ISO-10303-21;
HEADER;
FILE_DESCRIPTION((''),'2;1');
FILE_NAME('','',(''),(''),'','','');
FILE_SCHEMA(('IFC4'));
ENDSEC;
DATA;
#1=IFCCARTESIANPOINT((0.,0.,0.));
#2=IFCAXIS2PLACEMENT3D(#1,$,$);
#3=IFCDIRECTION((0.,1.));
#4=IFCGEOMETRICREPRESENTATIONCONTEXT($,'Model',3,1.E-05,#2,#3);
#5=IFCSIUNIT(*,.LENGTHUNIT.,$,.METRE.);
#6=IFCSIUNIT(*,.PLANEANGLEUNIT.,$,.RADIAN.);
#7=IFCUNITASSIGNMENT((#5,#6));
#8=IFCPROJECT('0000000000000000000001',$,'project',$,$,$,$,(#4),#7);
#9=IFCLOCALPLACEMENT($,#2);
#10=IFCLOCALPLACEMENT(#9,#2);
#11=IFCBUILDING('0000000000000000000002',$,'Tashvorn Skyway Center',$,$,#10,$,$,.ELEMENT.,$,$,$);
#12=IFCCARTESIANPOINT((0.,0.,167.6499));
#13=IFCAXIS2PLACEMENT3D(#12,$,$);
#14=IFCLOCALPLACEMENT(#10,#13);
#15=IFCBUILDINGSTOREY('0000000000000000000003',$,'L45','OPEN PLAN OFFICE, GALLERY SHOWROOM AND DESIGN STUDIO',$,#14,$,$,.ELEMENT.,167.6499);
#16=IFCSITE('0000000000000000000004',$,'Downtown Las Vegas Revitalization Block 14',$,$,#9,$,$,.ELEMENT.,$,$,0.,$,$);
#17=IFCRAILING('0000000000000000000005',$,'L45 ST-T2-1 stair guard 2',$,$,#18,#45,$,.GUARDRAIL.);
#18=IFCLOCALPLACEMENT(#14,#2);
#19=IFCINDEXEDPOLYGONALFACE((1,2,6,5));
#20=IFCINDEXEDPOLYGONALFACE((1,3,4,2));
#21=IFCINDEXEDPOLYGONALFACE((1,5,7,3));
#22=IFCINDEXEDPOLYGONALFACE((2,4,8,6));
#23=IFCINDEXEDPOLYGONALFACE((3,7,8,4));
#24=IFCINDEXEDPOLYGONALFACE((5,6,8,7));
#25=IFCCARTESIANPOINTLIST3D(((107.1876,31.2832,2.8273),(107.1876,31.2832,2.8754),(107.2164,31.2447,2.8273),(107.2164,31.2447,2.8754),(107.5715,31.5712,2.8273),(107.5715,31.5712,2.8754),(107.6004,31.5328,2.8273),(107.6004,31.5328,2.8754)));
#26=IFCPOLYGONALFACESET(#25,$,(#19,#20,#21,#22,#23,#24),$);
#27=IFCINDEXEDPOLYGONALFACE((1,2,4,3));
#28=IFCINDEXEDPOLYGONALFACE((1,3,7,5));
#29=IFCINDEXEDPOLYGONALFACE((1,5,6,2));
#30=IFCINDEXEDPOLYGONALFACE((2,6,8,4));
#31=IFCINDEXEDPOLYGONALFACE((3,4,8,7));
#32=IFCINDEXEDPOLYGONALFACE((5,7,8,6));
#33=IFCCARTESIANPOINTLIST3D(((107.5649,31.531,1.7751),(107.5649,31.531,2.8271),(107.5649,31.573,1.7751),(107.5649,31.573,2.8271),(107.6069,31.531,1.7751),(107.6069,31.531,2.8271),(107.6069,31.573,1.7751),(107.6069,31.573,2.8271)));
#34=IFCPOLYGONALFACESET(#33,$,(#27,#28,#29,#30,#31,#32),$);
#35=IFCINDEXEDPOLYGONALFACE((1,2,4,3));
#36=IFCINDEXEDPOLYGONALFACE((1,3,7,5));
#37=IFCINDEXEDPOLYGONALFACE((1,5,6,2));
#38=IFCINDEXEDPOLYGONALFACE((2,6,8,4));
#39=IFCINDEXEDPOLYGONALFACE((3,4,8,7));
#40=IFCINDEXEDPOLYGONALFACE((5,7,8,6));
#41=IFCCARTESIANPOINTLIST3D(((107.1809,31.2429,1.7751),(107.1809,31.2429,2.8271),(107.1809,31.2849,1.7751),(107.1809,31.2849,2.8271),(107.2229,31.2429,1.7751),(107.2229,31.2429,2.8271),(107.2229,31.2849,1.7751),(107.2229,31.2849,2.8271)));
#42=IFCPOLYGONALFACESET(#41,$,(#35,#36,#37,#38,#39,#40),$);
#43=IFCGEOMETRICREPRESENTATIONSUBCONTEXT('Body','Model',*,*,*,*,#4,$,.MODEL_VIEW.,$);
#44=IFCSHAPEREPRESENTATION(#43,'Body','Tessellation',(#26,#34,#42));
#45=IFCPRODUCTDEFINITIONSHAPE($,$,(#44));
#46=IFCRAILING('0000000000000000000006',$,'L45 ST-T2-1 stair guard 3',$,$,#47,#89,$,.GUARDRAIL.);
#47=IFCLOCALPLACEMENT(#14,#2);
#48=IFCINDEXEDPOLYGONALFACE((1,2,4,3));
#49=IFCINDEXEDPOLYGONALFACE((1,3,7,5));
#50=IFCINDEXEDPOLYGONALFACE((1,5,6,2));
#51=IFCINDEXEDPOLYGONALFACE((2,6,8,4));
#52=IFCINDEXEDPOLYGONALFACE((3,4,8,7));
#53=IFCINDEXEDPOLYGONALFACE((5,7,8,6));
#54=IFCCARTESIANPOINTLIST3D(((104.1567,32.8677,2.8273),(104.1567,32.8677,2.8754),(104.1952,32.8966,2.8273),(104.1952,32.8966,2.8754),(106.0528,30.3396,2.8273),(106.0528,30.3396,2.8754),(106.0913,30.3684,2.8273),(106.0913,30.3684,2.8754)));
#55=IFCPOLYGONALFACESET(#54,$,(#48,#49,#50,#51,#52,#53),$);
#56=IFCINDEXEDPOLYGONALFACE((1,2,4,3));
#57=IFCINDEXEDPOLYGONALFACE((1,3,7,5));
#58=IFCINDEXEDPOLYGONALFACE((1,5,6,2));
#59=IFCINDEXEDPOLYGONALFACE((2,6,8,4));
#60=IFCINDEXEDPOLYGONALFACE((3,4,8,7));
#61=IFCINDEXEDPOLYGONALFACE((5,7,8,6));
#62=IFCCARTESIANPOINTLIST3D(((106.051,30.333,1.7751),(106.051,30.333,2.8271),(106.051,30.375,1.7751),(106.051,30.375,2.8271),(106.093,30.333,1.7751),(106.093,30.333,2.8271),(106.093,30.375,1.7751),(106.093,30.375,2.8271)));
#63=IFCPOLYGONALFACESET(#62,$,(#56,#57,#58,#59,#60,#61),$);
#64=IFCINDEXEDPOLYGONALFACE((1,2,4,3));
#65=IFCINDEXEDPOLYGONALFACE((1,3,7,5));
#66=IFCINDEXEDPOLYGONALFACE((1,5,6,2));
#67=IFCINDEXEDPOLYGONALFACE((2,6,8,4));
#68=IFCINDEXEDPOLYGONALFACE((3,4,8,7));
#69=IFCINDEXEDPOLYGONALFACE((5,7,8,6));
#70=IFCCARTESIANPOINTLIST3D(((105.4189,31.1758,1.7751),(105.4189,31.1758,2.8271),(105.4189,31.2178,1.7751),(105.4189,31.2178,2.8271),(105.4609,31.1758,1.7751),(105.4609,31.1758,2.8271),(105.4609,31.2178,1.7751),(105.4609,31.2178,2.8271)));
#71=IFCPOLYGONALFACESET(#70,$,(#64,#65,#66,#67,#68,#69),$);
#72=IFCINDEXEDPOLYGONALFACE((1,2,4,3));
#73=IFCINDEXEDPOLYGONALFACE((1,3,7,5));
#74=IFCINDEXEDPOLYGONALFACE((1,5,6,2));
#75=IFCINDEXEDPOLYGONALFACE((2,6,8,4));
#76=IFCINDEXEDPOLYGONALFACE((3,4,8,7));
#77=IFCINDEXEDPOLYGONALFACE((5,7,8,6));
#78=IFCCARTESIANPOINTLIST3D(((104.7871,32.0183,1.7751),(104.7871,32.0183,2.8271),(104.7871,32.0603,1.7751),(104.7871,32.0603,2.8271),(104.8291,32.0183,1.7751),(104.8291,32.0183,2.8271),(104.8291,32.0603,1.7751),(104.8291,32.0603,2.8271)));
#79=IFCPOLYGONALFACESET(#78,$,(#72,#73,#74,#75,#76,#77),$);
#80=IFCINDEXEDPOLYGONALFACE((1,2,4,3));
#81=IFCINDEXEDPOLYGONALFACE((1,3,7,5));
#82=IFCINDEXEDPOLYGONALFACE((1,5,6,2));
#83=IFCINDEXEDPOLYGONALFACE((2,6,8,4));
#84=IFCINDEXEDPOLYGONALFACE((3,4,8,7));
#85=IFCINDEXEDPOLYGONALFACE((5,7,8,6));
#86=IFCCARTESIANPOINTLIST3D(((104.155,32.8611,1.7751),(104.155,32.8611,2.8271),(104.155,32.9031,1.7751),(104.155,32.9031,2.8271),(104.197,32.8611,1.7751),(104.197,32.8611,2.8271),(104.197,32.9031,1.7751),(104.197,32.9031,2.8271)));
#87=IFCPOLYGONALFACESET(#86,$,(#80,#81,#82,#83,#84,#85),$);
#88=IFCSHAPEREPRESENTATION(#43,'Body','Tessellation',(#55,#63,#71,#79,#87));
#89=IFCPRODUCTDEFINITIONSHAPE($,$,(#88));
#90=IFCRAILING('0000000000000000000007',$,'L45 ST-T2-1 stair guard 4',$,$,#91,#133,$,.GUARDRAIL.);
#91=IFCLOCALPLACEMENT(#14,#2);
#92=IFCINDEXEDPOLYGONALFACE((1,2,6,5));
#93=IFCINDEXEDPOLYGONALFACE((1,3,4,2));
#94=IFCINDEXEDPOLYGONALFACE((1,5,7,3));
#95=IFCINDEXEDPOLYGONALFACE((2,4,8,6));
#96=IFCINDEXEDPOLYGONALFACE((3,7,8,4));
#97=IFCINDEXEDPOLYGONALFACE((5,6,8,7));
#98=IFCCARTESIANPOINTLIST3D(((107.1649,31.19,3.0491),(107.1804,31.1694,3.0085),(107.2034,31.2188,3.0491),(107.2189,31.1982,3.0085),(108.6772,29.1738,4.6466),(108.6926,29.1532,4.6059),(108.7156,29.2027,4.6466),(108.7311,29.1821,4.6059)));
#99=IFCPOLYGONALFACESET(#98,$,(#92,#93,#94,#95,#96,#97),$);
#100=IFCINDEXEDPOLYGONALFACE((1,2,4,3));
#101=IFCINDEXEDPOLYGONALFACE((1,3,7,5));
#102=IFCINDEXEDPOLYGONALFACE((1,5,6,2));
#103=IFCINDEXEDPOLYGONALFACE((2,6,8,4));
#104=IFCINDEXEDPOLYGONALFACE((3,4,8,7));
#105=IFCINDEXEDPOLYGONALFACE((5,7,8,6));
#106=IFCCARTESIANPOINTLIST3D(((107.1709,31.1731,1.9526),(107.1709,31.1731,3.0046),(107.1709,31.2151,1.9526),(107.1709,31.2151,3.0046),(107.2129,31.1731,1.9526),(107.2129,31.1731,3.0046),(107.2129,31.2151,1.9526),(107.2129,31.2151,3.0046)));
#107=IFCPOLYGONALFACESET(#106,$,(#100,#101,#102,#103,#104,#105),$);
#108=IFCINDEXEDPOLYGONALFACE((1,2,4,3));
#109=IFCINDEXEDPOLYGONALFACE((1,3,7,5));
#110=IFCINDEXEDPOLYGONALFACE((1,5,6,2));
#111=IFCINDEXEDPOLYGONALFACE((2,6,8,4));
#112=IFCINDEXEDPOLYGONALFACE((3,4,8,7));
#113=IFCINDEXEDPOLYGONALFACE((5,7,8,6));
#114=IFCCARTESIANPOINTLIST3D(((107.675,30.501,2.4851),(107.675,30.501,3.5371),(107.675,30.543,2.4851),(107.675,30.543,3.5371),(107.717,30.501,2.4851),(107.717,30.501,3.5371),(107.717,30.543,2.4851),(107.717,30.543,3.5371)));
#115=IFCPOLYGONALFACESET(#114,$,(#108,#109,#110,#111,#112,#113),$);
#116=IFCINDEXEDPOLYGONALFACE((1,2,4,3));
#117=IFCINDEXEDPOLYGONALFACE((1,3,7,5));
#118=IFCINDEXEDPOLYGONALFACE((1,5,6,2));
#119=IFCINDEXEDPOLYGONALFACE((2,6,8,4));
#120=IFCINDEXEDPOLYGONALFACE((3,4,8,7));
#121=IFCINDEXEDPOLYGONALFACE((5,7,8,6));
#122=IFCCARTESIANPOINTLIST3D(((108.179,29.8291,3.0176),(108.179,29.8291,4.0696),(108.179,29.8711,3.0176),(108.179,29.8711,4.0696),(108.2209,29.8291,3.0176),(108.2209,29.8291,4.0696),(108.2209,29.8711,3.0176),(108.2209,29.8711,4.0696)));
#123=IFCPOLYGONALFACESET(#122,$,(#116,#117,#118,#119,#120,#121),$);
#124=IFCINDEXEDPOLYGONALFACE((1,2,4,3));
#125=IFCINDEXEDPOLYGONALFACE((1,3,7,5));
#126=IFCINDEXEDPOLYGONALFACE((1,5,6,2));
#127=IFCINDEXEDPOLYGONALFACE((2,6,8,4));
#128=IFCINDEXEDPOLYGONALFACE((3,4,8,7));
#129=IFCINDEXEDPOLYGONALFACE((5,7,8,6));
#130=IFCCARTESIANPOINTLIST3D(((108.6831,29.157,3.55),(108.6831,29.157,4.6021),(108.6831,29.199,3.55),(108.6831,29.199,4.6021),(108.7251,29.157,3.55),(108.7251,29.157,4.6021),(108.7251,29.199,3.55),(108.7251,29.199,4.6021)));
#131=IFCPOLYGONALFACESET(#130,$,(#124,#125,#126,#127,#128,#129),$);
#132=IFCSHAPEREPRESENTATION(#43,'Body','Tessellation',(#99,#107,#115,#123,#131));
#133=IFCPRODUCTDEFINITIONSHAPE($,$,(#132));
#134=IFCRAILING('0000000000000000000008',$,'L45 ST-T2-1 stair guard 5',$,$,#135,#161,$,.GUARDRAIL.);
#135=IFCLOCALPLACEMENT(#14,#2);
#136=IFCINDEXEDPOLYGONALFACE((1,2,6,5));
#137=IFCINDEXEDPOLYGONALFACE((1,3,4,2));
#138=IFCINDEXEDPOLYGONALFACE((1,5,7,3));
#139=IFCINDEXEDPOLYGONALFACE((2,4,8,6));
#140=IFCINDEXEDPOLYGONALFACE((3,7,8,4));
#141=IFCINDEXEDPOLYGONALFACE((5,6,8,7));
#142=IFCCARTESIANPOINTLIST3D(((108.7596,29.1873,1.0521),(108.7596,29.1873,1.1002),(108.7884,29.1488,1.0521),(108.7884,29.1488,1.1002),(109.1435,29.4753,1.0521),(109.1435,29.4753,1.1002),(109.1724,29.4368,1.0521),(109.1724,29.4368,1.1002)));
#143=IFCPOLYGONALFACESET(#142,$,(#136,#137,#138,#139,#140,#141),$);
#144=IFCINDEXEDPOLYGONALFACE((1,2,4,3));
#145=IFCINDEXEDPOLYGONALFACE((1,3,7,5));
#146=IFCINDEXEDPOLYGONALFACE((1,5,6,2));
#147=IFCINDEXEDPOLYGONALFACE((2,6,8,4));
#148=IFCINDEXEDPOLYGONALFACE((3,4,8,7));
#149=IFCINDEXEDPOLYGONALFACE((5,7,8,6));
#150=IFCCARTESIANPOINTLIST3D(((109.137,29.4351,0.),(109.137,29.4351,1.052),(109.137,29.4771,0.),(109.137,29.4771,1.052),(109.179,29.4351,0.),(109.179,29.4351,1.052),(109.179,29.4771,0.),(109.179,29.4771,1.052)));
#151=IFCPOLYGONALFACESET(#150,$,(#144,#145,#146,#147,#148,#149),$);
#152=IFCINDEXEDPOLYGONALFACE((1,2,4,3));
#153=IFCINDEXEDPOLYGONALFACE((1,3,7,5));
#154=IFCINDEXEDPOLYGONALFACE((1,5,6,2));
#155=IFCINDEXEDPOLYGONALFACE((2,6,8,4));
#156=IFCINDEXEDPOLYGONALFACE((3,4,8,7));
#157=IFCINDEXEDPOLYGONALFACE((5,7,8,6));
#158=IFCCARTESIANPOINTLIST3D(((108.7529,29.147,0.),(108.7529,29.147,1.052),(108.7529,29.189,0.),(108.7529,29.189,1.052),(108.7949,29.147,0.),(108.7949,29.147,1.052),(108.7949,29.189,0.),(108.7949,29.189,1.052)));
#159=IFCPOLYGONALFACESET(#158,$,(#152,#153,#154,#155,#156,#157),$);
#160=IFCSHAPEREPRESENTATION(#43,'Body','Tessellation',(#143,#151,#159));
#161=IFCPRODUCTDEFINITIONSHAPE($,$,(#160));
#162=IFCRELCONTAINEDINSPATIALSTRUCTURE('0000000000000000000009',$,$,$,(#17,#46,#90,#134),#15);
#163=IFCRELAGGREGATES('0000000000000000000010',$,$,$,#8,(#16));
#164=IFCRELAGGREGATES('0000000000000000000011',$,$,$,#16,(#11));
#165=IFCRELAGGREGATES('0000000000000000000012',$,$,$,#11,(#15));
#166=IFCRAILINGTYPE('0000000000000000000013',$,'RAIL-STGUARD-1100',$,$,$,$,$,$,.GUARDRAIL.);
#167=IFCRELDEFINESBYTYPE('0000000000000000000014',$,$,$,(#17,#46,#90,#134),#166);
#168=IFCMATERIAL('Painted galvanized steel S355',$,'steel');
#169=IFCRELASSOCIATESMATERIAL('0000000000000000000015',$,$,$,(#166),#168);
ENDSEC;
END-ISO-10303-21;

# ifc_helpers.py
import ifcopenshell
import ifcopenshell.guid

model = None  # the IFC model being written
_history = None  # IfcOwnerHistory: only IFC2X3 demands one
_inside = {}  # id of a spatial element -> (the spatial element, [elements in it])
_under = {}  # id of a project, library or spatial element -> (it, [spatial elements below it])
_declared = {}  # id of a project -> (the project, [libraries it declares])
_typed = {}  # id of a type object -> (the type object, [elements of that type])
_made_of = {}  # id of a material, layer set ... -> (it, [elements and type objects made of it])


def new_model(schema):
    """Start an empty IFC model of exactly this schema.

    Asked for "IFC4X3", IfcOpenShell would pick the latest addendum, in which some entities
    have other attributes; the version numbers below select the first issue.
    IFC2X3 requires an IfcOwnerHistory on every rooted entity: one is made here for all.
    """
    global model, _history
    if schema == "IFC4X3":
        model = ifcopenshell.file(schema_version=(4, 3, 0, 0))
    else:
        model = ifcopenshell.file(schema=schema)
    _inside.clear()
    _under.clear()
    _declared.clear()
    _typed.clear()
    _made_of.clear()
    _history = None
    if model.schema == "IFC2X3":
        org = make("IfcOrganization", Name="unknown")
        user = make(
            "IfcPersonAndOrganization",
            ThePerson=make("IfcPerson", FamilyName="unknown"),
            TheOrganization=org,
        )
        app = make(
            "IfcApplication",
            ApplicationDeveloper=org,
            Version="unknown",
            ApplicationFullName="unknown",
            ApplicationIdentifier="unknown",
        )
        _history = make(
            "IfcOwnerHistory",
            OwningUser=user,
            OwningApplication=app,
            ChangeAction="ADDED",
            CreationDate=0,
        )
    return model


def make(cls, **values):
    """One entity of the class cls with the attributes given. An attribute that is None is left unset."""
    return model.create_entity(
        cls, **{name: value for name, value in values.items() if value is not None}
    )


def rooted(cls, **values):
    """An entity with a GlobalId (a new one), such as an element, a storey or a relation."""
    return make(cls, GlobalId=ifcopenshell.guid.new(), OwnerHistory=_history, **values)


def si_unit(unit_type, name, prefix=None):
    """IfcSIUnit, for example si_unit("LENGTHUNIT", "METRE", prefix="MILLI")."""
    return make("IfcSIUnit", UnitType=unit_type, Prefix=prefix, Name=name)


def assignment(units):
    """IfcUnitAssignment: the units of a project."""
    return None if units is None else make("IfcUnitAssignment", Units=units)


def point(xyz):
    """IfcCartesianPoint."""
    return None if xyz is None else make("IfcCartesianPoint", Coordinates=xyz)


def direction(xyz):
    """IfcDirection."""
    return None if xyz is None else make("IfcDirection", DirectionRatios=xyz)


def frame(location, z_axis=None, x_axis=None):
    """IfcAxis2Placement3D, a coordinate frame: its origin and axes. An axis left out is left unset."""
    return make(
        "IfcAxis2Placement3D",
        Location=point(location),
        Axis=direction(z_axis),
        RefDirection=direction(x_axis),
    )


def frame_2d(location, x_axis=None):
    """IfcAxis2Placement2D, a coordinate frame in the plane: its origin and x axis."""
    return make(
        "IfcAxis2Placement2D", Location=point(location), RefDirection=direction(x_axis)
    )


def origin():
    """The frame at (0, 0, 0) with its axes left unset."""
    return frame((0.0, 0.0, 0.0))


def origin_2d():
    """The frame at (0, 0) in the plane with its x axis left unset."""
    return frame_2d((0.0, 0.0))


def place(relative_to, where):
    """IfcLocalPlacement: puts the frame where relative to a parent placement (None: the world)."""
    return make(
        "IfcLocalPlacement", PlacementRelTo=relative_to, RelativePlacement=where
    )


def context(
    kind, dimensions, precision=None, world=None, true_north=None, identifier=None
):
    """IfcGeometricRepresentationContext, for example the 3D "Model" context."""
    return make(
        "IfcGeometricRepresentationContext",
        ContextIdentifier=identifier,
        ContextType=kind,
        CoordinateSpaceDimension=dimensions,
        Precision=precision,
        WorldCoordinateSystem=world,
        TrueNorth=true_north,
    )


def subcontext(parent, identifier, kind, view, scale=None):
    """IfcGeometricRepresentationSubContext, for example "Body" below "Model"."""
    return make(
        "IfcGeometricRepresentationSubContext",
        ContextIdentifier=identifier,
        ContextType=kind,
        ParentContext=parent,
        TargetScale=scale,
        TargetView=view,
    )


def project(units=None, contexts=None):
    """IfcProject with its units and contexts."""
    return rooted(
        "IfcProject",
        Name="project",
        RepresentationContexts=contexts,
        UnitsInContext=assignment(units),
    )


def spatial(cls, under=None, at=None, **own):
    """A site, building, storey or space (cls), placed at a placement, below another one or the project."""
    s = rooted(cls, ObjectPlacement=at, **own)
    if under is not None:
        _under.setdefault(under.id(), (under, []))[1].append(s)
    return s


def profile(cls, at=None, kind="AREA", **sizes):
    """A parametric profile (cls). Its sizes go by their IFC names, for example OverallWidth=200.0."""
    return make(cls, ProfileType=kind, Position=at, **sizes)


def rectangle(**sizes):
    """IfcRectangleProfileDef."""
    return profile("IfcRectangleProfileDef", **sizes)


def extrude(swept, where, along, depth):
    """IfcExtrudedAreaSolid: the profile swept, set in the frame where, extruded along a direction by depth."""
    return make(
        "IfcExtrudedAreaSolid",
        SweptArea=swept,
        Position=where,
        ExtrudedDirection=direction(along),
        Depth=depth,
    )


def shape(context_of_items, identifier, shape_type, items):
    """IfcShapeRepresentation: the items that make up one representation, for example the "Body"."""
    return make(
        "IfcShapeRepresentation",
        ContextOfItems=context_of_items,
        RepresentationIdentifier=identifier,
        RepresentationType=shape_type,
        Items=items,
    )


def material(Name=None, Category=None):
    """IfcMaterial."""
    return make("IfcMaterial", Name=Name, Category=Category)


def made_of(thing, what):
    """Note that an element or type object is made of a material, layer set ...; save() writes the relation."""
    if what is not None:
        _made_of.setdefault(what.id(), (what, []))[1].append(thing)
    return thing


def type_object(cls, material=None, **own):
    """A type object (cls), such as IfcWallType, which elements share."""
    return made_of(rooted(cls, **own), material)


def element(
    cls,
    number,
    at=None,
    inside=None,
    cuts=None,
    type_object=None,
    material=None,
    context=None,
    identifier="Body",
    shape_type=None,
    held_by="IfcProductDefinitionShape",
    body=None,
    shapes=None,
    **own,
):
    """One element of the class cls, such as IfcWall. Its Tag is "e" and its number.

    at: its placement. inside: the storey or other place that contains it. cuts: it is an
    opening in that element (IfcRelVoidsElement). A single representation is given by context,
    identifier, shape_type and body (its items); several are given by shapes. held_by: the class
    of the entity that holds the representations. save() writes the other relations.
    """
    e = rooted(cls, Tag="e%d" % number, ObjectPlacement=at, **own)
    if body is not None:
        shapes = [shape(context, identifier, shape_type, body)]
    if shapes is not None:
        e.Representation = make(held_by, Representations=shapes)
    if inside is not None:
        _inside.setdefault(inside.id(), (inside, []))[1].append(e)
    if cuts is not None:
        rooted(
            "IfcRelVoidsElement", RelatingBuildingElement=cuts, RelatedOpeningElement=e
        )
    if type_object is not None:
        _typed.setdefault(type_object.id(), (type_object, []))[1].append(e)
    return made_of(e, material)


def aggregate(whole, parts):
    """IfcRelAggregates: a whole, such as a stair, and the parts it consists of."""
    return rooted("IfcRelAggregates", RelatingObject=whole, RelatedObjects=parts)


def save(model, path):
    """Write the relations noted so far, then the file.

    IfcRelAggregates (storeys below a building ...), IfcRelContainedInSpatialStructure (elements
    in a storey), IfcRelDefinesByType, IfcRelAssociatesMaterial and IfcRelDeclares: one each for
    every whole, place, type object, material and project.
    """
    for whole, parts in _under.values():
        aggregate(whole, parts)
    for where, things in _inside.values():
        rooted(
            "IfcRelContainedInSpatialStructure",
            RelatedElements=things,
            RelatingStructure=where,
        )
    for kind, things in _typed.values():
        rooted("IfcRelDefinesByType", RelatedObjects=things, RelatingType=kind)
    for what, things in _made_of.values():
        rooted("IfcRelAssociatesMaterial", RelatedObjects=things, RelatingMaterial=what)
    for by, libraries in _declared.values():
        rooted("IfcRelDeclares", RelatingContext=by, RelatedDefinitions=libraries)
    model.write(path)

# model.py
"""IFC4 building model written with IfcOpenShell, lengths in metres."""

from ifc_helpers import new_model, si_unit, direction, frame, origin, origin_2d, place, context, subcontext, project, spatial, rectangle, extrude, material, type_object, element, save


model = new_model("IFC4")

# Units and contexts
model_context = context("Model", 3, precision=1e-05, world=origin(), true_north=direction((0.0, 1.0)))
body_context = subcontext(model_context, "Body", "Model", "MODEL_VIEW")
ifc_project = project(units=[si_unit("LENGTHUNIT", "METRE"), si_unit("PLANEANGLEUNIT", "RADIAN")], contexts=[model_context])

# Site, building, storey
site_placement = place(None, origin())
site = spatial("IfcSite", under=ifc_project, at=site_placement, Name="Downtown Las Vegas Revitalization Block 14", CompositionType="ELEMENT", RefElevation=0.0)
building_placement = place(site_placement, origin())
building = spatial("IfcBuilding", under=site, at=building_placement, Name="Tashvorn Skyway Center", CompositionType="ELEMENT")
storey_placement = place(building_placement, frame((0.0, 0.0, 167.6499)))
storey = spatial("IfcBuildingStorey", under=building, at=storey_placement, Name="L45", Description="OPEN PLAN OFFICE, GALLERY SHOWROOM AND DESIGN STUDIO", CompositionType="ELEMENT", Elevation=167.6499)

# Railings
ifc_material_1 = material(Name="Painted galvanized steel S355", Category="steel")
railing_type_1 = type_object("IfcRailingType", Name="RAIL-STGUARD-1100", PredefinedType="GUARDRAIL", material=ifc_material_1)
railing_1_placement = place(storey_placement, frame((107.5859, 31.552, 1.7751)))
element("IfcRailing", 1, at=railing_1_placement, inside=storey, type_object=railing_type_1, Name="L45 ST-T2-1 stair guard 2", PredefinedType="GUARDRAIL", context=body_context, shape_type="SweptSolid", body=[
    extrude(rectangle(XDim=0.0481, YDim=0.0481, at=origin_2d()), frame((0.0, 0.0, 1.0762), z_axis=(-0.799939, -0.600081, 0.0), x_axis=(0.600081, -0.799939, 0.0)), (0.0, 0.0, 1.0), 0.48),
    extrude(rectangle(XDim=0.042, YDim=0.042, at=origin_2d()), origin(), (0.0, 0.0, 1.0), 1.052),
    extrude(rectangle(XDim=0.042, YDim=0.042, at=origin_2d()), frame((-0.384, -0.2881, 0.0)), (0.0, 0.0, 1.0), 1.052),
])
railing_2_placement = place(storey_placement, frame((106.072, 30.354, 1.7751)))
element("IfcRailing", 2, at=railing_2_placement, inside=storey, type_object=railing_type_1, Name="L45 ST-T2-1 stair guard 3", PredefinedType="GUARDRAIL", context=body_context, shape_type="SweptSolid", body=[
    extrude(rectangle(XDim=0.0481, YDim=0.0481, at=origin_2d()), frame((0.0, 0.0, 1.0762), z_axis=(-0.599988, 0.800009, 0.0), x_axis=(-0.800009, -0.599988, 0.0)), (0.0, 0.0, 1.0), 3.1602),
    extrude(rectangle(XDim=0.042, YDim=0.042, at=origin_2d()), origin(), (0.0, 0.0, 1.0), 1.052),
    extrude(rectangle(XDim=0.042, YDim=0.042, at=origin_2d()), frame((-0.6321, 0.8428, 0.0)), (0.0, 0.0, 1.0), 1.052),
    extrude(rectangle(XDim=0.042, YDim=0.042, at=origin_2d()), frame((-1.2639, 1.6853, 0.0)), (0.0, 0.0, 1.0), 1.052),
    extrude(rectangle(XDim=0.042, YDim=0.042, at=origin_2d()), frame((-1.896, 2.5281, 0.0)), (0.0, 0.0, 1.0), 1.052),
])
railing_3_placement = place(storey_placement, frame((107.1919, 31.1941, 1.9526)))
element("IfcRailing", 3, at=railing_3_placement, inside=storey, type_object=railing_type_1, Name="L45 ST-T2-1 stair guard 4", PredefinedType="GUARDRAIL", context=body_context, shape_type="SweptSolid", body=[
    extrude(rectangle(XDim=0.0481, YDim=0.0481, at=origin_2d()), frame((0.0, 0.0, 1.0762), z_axis=(0.506802, -0.675681, 0.535357), x_axis=(0.799977, 0.600031, 0.0)), (0.0, 0.0, 1.0), 2.9839),
    extrude(rectangle(XDim=0.042, YDim=0.042, at=origin_2d()), origin(), (0.0, 0.0, 1.0), 1.052),
    extrude(rectangle(XDim=0.042, YDim=0.042, at=origin_2d()), frame((0.5042, -0.6721, 0.5325)), (0.0, 0.0, 1.0), 1.052),
    extrude(rectangle(XDim=0.042, YDim=0.042, at=origin_2d()), frame((1.0081, -1.344, 1.0649)), (0.0, 0.0, 1.0), 1.052),
    extrude(rectangle(XDim=0.042, YDim=0.042, at=origin_2d()), frame((1.5122, -2.0161, 1.5974)), (0.0, 0.0, 1.0), 1.052),
])
railing_4_placement = place(storey_placement, frame((109.158, 29.4561, 0.0)))
element("IfcRailing", 4, at=railing_4_placement, inside=storey, type_object=railing_type_1, Name="L45 ST-T2-1 stair guard 5", PredefinedType="GUARDRAIL", context=body_context, shape_type="SweptSolid", body=[
    extrude(rectangle(XDim=0.0481, YDim=0.0481, at=origin_2d()), frame((0.0, 0.0, 1.0762), z_axis=(-0.799939, -0.600081, 0.0), x_axis=(0.600081, -0.799939, 0.0)), (0.0, 0.0, 1.0), 0.48),
    extrude(rectangle(XDim=0.042, YDim=0.042, at=origin_2d()), origin(), (0.0, 0.0, 1.0), 1.052),
    extrude(rectangle(XDim=0.042, YDim=0.042, at=origin_2d()), frame((-0.384, -0.2881, 0.0)), (0.0, 0.0, 1.0), 1.052),
])

save(model, "model.ifc")
